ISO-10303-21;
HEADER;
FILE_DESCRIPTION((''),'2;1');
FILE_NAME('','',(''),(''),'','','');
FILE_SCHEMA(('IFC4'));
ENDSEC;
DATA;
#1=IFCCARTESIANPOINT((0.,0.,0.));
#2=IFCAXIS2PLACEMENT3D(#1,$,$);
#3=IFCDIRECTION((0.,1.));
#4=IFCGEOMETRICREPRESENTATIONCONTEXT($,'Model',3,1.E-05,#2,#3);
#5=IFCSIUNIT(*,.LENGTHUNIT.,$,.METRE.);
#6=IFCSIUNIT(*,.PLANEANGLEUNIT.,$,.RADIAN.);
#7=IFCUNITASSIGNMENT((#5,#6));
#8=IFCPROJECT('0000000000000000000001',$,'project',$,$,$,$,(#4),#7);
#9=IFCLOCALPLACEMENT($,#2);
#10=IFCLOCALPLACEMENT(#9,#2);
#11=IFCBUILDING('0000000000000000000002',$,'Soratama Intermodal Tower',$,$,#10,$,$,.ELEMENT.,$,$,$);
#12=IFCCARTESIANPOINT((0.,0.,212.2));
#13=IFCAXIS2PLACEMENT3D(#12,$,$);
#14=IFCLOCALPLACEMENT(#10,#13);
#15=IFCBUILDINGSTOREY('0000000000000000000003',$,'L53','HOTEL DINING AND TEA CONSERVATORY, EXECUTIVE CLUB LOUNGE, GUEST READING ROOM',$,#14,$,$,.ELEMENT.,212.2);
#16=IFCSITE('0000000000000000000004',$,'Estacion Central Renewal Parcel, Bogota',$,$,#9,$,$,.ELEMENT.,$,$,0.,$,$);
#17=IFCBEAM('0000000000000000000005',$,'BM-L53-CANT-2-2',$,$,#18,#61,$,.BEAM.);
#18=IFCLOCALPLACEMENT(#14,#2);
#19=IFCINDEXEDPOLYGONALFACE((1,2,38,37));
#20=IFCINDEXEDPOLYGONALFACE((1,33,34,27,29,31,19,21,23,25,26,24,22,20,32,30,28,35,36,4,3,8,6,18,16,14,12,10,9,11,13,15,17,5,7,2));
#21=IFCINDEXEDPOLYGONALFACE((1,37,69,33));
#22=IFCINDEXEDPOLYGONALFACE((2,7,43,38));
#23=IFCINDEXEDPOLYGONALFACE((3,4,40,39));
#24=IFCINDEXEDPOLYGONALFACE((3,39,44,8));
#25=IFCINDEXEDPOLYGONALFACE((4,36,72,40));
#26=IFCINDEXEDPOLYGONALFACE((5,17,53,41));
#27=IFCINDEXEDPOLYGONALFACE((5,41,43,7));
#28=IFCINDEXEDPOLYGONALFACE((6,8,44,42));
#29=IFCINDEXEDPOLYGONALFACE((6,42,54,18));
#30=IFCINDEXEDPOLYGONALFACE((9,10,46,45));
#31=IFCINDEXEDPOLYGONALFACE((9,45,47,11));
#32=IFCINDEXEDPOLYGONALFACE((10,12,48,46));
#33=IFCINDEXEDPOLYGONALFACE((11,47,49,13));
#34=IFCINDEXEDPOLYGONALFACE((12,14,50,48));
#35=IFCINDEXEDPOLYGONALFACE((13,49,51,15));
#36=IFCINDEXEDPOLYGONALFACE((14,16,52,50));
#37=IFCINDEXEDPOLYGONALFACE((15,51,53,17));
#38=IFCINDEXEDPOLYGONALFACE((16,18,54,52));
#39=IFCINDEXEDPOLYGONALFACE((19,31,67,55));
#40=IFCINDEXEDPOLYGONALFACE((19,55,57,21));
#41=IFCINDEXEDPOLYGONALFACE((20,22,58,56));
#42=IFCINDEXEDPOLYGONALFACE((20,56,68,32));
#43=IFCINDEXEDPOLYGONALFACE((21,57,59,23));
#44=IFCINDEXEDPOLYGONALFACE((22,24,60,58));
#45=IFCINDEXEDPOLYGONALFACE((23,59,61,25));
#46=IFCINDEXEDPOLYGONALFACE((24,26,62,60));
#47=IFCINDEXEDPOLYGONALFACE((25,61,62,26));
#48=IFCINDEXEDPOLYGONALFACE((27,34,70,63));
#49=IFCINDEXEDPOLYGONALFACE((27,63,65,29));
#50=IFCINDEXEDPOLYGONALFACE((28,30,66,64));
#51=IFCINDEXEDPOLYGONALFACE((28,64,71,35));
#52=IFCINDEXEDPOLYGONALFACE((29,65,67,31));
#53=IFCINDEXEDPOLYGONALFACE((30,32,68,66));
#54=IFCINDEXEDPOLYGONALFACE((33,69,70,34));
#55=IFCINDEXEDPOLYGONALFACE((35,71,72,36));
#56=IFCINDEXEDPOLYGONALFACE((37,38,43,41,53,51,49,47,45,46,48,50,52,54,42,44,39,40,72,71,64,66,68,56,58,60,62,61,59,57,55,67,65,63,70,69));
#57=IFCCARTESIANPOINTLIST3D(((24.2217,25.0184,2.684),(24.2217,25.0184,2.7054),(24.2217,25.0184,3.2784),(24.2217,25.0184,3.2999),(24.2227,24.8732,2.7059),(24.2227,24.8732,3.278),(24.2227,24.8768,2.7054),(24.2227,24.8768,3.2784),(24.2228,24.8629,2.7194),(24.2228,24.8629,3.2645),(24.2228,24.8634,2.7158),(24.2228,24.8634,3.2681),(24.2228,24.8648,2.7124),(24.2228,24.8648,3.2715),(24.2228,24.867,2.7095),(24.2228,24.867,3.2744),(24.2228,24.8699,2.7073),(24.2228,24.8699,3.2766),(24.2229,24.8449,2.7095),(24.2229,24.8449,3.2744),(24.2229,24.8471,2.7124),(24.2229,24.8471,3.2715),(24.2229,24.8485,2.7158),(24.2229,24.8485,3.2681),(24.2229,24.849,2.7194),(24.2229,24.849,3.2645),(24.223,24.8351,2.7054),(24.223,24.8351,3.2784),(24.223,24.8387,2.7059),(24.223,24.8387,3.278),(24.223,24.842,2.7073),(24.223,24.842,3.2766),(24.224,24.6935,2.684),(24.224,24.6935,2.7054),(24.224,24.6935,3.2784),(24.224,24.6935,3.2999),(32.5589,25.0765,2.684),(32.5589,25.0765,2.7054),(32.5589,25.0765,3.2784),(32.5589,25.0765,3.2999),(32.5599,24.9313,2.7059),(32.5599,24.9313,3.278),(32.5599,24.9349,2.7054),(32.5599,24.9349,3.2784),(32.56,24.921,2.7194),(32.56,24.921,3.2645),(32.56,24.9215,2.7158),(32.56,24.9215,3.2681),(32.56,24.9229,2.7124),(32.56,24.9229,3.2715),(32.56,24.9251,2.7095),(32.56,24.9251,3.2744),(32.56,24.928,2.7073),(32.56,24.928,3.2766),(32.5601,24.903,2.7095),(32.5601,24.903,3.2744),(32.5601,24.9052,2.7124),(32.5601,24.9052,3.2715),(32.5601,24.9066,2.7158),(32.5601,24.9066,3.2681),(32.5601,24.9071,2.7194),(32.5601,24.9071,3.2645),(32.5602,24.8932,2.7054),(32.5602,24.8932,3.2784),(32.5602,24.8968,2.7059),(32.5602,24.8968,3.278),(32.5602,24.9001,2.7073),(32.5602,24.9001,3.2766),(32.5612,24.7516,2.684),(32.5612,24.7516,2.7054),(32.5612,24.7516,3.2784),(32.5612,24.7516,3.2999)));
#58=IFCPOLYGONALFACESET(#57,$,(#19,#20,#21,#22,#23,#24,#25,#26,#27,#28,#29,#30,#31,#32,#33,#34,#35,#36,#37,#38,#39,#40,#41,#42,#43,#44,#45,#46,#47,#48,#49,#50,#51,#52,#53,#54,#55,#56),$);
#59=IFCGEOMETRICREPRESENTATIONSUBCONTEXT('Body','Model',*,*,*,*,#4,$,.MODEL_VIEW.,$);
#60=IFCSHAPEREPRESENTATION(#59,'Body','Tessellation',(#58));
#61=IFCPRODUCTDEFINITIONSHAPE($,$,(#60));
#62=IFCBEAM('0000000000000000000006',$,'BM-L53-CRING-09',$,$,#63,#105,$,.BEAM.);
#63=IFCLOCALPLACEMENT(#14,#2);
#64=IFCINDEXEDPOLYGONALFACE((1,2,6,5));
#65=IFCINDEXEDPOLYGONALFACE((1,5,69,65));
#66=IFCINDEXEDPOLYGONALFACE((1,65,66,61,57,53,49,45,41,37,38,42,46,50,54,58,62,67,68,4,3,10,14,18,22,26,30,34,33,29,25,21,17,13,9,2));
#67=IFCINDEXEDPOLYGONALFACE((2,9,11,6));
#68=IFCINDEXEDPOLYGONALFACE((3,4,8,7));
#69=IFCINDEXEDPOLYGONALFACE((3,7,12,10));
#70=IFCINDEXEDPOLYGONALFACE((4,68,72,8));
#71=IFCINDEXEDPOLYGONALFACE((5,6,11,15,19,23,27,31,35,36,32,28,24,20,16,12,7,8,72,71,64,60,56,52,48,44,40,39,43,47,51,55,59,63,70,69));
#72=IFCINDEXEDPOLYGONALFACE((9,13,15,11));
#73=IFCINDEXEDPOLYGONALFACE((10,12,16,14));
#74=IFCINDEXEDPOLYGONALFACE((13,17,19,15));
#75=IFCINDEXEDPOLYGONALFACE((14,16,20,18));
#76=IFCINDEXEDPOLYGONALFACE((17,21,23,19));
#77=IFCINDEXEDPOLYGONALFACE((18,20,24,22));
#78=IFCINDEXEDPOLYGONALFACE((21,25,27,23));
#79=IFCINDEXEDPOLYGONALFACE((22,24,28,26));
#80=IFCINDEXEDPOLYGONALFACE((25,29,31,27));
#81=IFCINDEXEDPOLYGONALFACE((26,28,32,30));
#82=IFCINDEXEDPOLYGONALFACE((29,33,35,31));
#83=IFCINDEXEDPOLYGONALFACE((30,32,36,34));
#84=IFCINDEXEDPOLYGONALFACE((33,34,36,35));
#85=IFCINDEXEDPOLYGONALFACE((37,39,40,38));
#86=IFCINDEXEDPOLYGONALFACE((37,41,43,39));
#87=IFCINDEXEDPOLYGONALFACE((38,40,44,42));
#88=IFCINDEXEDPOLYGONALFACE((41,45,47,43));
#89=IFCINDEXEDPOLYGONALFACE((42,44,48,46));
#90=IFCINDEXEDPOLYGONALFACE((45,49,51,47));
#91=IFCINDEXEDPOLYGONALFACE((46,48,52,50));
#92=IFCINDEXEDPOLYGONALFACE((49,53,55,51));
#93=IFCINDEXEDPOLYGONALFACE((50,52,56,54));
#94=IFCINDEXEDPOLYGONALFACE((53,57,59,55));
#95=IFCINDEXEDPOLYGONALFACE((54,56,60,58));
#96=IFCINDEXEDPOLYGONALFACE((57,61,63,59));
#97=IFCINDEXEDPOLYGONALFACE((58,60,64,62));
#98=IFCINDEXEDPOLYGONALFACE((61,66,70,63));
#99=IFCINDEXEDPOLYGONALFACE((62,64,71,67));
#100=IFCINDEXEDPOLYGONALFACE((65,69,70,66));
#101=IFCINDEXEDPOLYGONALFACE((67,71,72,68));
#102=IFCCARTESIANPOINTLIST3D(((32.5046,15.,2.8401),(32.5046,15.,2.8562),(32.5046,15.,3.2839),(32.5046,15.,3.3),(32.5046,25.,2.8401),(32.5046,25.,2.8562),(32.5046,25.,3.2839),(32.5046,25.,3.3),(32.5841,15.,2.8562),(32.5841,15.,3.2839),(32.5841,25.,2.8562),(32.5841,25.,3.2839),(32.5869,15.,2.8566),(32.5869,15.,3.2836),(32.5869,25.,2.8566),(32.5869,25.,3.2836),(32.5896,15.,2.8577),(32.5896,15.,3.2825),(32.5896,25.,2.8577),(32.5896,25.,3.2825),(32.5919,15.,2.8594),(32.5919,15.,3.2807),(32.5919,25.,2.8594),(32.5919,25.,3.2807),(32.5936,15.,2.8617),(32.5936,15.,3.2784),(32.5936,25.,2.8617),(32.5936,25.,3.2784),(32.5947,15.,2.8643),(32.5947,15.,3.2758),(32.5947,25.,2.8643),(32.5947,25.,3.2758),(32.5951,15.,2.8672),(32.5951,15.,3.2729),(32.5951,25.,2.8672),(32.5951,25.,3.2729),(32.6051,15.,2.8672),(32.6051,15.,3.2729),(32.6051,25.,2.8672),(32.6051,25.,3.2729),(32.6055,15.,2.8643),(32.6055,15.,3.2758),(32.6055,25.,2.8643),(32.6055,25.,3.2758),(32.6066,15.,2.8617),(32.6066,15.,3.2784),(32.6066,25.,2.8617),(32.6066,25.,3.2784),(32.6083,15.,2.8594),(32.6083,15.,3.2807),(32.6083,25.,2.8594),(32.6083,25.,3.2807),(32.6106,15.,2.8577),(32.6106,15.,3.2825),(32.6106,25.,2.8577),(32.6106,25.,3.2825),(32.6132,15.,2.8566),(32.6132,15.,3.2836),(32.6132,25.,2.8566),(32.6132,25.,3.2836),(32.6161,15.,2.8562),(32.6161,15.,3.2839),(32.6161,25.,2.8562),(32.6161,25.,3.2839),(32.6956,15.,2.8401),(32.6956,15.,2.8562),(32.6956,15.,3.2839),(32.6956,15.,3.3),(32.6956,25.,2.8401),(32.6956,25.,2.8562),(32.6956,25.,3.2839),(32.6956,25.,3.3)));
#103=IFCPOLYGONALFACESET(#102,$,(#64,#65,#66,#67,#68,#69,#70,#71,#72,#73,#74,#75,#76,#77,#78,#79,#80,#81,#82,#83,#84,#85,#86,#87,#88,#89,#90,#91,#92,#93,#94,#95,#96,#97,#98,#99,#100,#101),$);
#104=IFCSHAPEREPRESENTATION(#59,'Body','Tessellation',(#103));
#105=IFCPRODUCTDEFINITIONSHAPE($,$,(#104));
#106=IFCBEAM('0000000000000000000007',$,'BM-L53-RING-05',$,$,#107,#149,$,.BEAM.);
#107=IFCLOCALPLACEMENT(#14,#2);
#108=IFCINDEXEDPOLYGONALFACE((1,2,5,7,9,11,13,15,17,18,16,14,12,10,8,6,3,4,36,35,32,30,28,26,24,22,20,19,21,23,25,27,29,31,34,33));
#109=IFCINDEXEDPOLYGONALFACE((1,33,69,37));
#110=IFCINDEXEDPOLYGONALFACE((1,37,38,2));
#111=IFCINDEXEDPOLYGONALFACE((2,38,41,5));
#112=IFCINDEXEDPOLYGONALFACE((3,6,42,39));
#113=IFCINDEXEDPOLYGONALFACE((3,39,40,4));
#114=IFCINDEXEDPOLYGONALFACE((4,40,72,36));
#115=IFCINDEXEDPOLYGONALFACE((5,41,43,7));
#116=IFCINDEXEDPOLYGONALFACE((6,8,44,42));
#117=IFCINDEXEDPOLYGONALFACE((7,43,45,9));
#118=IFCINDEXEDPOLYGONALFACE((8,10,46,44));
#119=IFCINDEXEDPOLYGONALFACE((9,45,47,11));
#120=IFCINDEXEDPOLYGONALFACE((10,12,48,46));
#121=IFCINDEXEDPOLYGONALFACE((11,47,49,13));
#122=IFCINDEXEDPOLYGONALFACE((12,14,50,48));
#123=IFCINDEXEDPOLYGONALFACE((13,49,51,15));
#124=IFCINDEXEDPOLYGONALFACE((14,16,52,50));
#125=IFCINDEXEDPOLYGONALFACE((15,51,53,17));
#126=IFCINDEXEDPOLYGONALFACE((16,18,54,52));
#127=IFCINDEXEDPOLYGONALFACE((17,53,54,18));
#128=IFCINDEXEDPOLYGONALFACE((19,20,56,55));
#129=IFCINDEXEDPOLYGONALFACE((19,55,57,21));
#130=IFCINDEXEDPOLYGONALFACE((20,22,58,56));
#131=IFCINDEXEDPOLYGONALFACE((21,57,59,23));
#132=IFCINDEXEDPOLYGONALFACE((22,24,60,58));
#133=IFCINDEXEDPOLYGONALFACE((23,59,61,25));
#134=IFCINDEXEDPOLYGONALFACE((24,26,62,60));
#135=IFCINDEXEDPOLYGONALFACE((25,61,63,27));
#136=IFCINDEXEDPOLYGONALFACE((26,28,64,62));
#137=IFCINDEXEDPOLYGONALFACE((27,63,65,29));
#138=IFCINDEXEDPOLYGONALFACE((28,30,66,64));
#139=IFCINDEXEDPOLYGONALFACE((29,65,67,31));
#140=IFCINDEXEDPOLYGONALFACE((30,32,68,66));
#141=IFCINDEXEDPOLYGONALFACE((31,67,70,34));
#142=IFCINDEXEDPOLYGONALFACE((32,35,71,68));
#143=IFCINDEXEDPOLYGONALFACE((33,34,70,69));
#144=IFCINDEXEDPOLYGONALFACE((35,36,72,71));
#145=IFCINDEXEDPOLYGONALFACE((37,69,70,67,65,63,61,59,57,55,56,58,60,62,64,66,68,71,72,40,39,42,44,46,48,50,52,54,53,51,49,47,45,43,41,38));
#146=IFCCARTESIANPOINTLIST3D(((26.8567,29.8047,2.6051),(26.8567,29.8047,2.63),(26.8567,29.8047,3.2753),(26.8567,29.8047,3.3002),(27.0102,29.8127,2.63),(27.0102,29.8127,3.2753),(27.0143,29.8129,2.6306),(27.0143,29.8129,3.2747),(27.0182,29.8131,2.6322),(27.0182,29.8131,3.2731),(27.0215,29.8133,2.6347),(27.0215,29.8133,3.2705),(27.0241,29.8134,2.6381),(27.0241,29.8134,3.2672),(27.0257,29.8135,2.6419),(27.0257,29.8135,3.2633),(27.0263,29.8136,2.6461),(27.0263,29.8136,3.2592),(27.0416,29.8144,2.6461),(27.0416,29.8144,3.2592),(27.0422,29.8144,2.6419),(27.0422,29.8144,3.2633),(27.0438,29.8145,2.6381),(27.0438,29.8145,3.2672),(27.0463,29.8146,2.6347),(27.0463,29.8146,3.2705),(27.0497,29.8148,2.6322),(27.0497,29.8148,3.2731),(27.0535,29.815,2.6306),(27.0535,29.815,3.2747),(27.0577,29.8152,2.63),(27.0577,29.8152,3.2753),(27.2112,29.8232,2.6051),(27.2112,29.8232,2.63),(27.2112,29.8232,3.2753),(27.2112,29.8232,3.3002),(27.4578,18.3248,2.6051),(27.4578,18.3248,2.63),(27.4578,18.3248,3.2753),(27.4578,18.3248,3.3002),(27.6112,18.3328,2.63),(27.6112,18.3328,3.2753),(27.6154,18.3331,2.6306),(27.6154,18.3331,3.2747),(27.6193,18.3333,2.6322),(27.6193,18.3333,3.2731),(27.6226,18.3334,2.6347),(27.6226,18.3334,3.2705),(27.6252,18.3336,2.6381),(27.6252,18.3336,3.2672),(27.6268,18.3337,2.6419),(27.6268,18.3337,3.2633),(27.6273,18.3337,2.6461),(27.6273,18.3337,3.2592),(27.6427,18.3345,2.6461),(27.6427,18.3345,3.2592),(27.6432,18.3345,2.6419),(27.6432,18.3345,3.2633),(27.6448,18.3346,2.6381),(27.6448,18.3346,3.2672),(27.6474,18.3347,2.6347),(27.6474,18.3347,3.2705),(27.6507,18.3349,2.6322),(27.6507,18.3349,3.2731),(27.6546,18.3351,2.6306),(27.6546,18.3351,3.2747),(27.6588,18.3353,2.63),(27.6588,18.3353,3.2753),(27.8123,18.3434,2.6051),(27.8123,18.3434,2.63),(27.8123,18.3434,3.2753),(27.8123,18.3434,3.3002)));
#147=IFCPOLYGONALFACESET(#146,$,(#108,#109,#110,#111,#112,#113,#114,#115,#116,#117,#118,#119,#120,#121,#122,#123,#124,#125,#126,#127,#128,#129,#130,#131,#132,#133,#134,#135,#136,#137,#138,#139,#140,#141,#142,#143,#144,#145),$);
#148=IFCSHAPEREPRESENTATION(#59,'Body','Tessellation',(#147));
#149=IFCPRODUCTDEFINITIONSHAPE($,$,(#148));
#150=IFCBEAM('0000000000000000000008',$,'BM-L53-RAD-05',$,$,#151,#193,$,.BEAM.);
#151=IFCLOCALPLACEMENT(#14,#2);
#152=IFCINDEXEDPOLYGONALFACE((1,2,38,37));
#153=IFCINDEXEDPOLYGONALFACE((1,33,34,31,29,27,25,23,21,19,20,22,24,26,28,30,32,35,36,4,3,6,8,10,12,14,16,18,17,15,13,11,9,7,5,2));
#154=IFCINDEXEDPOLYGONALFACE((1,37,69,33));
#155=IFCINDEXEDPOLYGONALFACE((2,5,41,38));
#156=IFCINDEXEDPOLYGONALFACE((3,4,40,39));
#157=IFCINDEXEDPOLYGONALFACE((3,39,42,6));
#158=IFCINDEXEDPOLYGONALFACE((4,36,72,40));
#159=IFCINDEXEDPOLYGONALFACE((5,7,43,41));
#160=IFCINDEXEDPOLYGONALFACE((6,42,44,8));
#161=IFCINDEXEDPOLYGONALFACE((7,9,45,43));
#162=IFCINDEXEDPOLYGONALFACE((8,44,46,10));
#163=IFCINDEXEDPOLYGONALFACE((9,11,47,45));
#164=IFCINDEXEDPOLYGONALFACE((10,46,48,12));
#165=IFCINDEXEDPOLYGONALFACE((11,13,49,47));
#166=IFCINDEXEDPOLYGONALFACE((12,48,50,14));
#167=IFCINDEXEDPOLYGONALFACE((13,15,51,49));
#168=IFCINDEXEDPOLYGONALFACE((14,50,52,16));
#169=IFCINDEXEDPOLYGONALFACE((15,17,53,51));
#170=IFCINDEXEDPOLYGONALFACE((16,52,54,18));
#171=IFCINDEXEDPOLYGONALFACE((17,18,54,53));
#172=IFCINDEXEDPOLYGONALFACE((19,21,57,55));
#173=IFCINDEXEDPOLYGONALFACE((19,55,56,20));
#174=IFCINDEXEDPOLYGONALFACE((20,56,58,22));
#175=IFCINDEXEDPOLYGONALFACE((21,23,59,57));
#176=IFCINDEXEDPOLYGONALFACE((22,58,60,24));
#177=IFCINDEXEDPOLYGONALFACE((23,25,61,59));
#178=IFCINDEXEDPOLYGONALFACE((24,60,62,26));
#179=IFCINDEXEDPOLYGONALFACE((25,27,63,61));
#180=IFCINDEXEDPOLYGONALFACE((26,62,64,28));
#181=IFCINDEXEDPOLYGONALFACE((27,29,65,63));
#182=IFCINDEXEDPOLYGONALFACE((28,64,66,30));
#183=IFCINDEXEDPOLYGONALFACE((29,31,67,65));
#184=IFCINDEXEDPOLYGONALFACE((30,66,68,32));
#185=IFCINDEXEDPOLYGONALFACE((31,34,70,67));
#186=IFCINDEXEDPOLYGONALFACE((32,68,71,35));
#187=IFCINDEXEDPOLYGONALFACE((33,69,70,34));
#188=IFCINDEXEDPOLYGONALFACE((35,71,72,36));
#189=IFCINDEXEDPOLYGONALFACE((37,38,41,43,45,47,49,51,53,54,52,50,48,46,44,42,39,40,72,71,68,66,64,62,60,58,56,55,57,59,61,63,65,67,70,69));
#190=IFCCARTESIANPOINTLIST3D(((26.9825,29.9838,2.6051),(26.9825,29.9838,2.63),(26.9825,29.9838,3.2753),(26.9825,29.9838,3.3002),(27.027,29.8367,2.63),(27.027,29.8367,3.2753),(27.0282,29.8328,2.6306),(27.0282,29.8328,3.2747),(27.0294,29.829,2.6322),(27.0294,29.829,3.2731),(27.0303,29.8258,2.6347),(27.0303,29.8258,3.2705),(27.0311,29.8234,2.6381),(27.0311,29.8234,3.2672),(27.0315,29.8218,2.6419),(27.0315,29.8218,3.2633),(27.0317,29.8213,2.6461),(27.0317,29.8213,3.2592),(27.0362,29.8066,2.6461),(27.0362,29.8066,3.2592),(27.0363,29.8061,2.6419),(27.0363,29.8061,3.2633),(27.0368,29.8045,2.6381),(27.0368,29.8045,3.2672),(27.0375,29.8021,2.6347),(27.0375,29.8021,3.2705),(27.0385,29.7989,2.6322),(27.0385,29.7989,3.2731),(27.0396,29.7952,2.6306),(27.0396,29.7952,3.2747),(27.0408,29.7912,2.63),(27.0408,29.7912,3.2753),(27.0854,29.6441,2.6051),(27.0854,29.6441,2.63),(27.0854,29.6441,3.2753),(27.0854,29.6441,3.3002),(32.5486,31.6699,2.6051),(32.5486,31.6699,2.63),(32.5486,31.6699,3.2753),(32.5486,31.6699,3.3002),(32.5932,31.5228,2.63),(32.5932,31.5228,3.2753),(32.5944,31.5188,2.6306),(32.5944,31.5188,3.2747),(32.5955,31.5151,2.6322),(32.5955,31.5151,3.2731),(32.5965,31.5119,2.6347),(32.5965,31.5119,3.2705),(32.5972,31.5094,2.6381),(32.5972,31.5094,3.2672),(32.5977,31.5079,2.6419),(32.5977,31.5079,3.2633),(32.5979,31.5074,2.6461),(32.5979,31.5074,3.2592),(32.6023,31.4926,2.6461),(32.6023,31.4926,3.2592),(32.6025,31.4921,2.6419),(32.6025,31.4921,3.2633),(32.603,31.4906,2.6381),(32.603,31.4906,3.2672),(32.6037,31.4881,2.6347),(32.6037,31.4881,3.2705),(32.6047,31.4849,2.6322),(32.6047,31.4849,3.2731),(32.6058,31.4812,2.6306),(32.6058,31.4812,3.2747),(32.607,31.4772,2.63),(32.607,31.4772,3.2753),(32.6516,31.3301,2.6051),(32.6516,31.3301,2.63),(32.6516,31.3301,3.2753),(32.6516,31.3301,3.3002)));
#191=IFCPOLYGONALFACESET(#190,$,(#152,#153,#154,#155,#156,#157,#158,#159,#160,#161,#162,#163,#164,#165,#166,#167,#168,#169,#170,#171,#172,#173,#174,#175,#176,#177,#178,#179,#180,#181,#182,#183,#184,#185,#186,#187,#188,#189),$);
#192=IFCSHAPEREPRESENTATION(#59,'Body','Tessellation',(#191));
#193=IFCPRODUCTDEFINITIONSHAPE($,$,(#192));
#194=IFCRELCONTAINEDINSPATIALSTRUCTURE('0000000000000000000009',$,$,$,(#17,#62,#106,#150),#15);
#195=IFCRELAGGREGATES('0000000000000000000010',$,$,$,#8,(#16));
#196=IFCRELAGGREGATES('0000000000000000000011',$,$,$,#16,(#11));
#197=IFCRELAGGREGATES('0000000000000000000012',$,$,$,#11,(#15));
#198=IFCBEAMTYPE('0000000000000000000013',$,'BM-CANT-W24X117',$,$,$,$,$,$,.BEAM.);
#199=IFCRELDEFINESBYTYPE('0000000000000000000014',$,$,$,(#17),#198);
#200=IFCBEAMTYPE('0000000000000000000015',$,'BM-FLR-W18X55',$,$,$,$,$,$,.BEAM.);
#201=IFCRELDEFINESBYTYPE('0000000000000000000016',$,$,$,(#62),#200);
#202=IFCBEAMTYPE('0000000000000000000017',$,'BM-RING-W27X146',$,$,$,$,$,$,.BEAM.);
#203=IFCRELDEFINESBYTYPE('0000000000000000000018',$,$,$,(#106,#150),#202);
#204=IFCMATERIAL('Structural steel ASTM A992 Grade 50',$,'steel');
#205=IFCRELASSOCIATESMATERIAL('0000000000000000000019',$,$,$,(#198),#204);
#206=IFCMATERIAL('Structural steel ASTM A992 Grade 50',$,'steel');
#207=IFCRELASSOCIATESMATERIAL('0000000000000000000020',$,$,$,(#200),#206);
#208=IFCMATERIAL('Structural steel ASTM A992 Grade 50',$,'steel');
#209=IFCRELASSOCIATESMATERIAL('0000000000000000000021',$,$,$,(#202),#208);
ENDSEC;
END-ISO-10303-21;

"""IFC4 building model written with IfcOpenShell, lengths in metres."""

from ifc_helpers import new_model, si_unit, direction, frame, origin, origin_2d, place, context, subcontext, project, spatial, i_section, extrude, material, material_profile, profile_set, type_object, element, save


model = new_model("IFC4")

# Units and contexts
model_context = context("Model", 3, precision=1e-05, world=origin(), true_north=direction((0.0, 1.0)))
body_context = subcontext(model_context, "Body", "Model", "MODEL_VIEW")
ifc_project = project(units=[si_unit("LENGTHUNIT", "METRE"), si_unit("PLANEANGLEUNIT", "RADIAN")], contexts=[model_context])

# Site, building, storey
site_placement = place(None, origin())
site = spatial("IfcSite", under=ifc_project, at=site_placement, Name="Estacion Central Renewal Parcel, Bogota", CompositionType="ELEMENT", RefElevation=0.0)
building_placement = place(site_placement, origin())
building = spatial("IfcBuilding", under=site, at=building_placement, Name="Soratama Intermodal Tower", CompositionType="ELEMENT")
storey_placement = place(building_placement, frame((0.0, 0.0, 212.2)))
storey = spatial("IfcBuildingStorey", under=building, at=storey_placement, Name="L53", Description="HOTEL DINING AND TEA CONSERVATORY, EXECUTIVE CLUB LOUNGE, GUEST READING ROOM", CompositionType="ELEMENT", Elevation=212.2)

# Beams
ifc_material_1 = material(Name="Structural steel ASTM A992 Grade 50", Category="steel")
ifc_material_profile_1 = material_profile(ifc_material_1, i_section(OverallWidth=0.325, OverallDepth=0.616, WebThickness=0.0139, FlangeThickness=0.0215, FilletRadius=0.0139, at=origin_2d()), Name="W24X117")
ifc_profile_set_1 = profile_set([ifc_material_profile_1], Name="Structural steel ASTM A992 Grade 50")
beam_type_1 = type_object("IfcBeamType", Name="BM-CANT-W24X117", PredefinedType="BEAM", material=ifc_profile_set_1)
beam_1_placement = place(storey_placement, frame((32.5601, 24.9141, 2.9919), z_axis=(-0.999976, -0.006969, 0.0), x_axis=(0.006969, -0.999976, 0.0)))
element("IfcBeam", 1, at=beam_1_placement, inside=storey, type_object=beam_type_1, Name="BM-L53-CANT-2-2", PredefinedType="BEAM", context=body_context, shape_type="SweptSolid", body=[
    extrude(i_section(OverallWidth=0.325, OverallDepth=0.616, WebThickness=0.0139, FlangeThickness=0.0215, FilletRadius=0.0139, at=origin_2d()), origin(), (0.0, 0.0, 1.0), 8.3374),
])
ifc_material_2 = material(Name="Structural steel ASTM A992 Grade 50", Category="steel")
ifc_material_profile_2 = material_profile(ifc_material_2, i_section(OverallWidth=0.1909, OverallDepth=0.46, WebThickness=0.01, FlangeThickness=0.0161, FilletRadius=0.011, at=origin_2d()), Name="W18X55")
ifc_profile_set_2 = profile_set([ifc_material_profile_2], Name="Structural steel ASTM A992 Grade 50")
beam_type_2 = type_object("IfcBeamType", Name="BM-FLR-W18X55", PredefinedType="BEAM", material=ifc_profile_set_2)
beam_2_placement = place(storey_placement, frame((32.6001, 25.0, 3.0701), z_axis=(0.0, -1.0, 0.0), x_axis=(1.0, 0.0, 0.0)))
element("IfcBeam", 2, at=beam_2_placement, inside=storey, type_object=beam_type_2, Name="BM-L53-CRING-09", PredefinedType="BEAM", context=body_context, shape_type="SweptSolid", body=[
    extrude(i_section(OverallWidth=0.1909, OverallDepth=0.46, WebThickness=0.01, FlangeThickness=0.0161, FilletRadius=0.011, at=origin_2d()), origin(), (0.0, 0.0, 1.0), 10.0),
])
ifc_material_3 = material(Name="Structural steel ASTM A992 Grade 50", Category="steel")
ifc_material_profile_3 = material_profile(ifc_material_3, i_section(OverallWidth=0.355, OverallDepth=0.6951, WebThickness=0.0154, FlangeThickness=0.0249, FilletRadius=0.0161, at=origin_2d()), Name="W27X146")
ifc_profile_set_3 = profile_set([ifc_material_profile_3], Name="Structural steel ASTM A992 Grade 50")
beam_type_3 = type_object("IfcBeamType", Name="BM-RING-W27X146", PredefinedType="BEAM", material=ifc_profile_set_3)
beam_3_placement = place(storey_placement, frame((27.0339, 29.814, 2.9526), z_axis=(0.052287, -0.998632, 0.0), x_axis=(0.998632, 0.052287, 0.0)))
element("IfcBeam", 3, at=beam_3_placement, inside=storey, type_object=beam_type_3, Name="BM-L53-RING-05", PredefinedType="BEAM", context=body_context, shape_type="SweptSolid", body=[
    extrude(i_section(OverallWidth=0.355, OverallDepth=0.6951, WebThickness=0.0154, FlangeThickness=0.0249, FilletRadius=0.0161, at=origin_2d()), origin(), (0.0, 0.0, 1.0), 11.4956),
])
beam_4_placement = place(storey_placement, frame((32.6001, 31.5, 2.9526), z_axis=(-0.957057, -0.2899, 0.0), x_axis=(0.2899, -0.957057, 0.0)))
element("IfcBeam", 4, at=beam_4_placement, inside=storey, type_object=beam_type_3, Name="BM-L53-RAD-05", PredefinedType="BEAM", context=body_context, shape_type="SweptSolid", body=[
    extrude(i_section(OverallWidth=0.355, OverallDepth=0.6951, WebThickness=0.0154, FlangeThickness=0.0249, FilletRadius=0.0161, at=origin_2d()), origin(), (0.0, 0.0, 1.0), 5.8159),
])

save(model, "model.ifc")
